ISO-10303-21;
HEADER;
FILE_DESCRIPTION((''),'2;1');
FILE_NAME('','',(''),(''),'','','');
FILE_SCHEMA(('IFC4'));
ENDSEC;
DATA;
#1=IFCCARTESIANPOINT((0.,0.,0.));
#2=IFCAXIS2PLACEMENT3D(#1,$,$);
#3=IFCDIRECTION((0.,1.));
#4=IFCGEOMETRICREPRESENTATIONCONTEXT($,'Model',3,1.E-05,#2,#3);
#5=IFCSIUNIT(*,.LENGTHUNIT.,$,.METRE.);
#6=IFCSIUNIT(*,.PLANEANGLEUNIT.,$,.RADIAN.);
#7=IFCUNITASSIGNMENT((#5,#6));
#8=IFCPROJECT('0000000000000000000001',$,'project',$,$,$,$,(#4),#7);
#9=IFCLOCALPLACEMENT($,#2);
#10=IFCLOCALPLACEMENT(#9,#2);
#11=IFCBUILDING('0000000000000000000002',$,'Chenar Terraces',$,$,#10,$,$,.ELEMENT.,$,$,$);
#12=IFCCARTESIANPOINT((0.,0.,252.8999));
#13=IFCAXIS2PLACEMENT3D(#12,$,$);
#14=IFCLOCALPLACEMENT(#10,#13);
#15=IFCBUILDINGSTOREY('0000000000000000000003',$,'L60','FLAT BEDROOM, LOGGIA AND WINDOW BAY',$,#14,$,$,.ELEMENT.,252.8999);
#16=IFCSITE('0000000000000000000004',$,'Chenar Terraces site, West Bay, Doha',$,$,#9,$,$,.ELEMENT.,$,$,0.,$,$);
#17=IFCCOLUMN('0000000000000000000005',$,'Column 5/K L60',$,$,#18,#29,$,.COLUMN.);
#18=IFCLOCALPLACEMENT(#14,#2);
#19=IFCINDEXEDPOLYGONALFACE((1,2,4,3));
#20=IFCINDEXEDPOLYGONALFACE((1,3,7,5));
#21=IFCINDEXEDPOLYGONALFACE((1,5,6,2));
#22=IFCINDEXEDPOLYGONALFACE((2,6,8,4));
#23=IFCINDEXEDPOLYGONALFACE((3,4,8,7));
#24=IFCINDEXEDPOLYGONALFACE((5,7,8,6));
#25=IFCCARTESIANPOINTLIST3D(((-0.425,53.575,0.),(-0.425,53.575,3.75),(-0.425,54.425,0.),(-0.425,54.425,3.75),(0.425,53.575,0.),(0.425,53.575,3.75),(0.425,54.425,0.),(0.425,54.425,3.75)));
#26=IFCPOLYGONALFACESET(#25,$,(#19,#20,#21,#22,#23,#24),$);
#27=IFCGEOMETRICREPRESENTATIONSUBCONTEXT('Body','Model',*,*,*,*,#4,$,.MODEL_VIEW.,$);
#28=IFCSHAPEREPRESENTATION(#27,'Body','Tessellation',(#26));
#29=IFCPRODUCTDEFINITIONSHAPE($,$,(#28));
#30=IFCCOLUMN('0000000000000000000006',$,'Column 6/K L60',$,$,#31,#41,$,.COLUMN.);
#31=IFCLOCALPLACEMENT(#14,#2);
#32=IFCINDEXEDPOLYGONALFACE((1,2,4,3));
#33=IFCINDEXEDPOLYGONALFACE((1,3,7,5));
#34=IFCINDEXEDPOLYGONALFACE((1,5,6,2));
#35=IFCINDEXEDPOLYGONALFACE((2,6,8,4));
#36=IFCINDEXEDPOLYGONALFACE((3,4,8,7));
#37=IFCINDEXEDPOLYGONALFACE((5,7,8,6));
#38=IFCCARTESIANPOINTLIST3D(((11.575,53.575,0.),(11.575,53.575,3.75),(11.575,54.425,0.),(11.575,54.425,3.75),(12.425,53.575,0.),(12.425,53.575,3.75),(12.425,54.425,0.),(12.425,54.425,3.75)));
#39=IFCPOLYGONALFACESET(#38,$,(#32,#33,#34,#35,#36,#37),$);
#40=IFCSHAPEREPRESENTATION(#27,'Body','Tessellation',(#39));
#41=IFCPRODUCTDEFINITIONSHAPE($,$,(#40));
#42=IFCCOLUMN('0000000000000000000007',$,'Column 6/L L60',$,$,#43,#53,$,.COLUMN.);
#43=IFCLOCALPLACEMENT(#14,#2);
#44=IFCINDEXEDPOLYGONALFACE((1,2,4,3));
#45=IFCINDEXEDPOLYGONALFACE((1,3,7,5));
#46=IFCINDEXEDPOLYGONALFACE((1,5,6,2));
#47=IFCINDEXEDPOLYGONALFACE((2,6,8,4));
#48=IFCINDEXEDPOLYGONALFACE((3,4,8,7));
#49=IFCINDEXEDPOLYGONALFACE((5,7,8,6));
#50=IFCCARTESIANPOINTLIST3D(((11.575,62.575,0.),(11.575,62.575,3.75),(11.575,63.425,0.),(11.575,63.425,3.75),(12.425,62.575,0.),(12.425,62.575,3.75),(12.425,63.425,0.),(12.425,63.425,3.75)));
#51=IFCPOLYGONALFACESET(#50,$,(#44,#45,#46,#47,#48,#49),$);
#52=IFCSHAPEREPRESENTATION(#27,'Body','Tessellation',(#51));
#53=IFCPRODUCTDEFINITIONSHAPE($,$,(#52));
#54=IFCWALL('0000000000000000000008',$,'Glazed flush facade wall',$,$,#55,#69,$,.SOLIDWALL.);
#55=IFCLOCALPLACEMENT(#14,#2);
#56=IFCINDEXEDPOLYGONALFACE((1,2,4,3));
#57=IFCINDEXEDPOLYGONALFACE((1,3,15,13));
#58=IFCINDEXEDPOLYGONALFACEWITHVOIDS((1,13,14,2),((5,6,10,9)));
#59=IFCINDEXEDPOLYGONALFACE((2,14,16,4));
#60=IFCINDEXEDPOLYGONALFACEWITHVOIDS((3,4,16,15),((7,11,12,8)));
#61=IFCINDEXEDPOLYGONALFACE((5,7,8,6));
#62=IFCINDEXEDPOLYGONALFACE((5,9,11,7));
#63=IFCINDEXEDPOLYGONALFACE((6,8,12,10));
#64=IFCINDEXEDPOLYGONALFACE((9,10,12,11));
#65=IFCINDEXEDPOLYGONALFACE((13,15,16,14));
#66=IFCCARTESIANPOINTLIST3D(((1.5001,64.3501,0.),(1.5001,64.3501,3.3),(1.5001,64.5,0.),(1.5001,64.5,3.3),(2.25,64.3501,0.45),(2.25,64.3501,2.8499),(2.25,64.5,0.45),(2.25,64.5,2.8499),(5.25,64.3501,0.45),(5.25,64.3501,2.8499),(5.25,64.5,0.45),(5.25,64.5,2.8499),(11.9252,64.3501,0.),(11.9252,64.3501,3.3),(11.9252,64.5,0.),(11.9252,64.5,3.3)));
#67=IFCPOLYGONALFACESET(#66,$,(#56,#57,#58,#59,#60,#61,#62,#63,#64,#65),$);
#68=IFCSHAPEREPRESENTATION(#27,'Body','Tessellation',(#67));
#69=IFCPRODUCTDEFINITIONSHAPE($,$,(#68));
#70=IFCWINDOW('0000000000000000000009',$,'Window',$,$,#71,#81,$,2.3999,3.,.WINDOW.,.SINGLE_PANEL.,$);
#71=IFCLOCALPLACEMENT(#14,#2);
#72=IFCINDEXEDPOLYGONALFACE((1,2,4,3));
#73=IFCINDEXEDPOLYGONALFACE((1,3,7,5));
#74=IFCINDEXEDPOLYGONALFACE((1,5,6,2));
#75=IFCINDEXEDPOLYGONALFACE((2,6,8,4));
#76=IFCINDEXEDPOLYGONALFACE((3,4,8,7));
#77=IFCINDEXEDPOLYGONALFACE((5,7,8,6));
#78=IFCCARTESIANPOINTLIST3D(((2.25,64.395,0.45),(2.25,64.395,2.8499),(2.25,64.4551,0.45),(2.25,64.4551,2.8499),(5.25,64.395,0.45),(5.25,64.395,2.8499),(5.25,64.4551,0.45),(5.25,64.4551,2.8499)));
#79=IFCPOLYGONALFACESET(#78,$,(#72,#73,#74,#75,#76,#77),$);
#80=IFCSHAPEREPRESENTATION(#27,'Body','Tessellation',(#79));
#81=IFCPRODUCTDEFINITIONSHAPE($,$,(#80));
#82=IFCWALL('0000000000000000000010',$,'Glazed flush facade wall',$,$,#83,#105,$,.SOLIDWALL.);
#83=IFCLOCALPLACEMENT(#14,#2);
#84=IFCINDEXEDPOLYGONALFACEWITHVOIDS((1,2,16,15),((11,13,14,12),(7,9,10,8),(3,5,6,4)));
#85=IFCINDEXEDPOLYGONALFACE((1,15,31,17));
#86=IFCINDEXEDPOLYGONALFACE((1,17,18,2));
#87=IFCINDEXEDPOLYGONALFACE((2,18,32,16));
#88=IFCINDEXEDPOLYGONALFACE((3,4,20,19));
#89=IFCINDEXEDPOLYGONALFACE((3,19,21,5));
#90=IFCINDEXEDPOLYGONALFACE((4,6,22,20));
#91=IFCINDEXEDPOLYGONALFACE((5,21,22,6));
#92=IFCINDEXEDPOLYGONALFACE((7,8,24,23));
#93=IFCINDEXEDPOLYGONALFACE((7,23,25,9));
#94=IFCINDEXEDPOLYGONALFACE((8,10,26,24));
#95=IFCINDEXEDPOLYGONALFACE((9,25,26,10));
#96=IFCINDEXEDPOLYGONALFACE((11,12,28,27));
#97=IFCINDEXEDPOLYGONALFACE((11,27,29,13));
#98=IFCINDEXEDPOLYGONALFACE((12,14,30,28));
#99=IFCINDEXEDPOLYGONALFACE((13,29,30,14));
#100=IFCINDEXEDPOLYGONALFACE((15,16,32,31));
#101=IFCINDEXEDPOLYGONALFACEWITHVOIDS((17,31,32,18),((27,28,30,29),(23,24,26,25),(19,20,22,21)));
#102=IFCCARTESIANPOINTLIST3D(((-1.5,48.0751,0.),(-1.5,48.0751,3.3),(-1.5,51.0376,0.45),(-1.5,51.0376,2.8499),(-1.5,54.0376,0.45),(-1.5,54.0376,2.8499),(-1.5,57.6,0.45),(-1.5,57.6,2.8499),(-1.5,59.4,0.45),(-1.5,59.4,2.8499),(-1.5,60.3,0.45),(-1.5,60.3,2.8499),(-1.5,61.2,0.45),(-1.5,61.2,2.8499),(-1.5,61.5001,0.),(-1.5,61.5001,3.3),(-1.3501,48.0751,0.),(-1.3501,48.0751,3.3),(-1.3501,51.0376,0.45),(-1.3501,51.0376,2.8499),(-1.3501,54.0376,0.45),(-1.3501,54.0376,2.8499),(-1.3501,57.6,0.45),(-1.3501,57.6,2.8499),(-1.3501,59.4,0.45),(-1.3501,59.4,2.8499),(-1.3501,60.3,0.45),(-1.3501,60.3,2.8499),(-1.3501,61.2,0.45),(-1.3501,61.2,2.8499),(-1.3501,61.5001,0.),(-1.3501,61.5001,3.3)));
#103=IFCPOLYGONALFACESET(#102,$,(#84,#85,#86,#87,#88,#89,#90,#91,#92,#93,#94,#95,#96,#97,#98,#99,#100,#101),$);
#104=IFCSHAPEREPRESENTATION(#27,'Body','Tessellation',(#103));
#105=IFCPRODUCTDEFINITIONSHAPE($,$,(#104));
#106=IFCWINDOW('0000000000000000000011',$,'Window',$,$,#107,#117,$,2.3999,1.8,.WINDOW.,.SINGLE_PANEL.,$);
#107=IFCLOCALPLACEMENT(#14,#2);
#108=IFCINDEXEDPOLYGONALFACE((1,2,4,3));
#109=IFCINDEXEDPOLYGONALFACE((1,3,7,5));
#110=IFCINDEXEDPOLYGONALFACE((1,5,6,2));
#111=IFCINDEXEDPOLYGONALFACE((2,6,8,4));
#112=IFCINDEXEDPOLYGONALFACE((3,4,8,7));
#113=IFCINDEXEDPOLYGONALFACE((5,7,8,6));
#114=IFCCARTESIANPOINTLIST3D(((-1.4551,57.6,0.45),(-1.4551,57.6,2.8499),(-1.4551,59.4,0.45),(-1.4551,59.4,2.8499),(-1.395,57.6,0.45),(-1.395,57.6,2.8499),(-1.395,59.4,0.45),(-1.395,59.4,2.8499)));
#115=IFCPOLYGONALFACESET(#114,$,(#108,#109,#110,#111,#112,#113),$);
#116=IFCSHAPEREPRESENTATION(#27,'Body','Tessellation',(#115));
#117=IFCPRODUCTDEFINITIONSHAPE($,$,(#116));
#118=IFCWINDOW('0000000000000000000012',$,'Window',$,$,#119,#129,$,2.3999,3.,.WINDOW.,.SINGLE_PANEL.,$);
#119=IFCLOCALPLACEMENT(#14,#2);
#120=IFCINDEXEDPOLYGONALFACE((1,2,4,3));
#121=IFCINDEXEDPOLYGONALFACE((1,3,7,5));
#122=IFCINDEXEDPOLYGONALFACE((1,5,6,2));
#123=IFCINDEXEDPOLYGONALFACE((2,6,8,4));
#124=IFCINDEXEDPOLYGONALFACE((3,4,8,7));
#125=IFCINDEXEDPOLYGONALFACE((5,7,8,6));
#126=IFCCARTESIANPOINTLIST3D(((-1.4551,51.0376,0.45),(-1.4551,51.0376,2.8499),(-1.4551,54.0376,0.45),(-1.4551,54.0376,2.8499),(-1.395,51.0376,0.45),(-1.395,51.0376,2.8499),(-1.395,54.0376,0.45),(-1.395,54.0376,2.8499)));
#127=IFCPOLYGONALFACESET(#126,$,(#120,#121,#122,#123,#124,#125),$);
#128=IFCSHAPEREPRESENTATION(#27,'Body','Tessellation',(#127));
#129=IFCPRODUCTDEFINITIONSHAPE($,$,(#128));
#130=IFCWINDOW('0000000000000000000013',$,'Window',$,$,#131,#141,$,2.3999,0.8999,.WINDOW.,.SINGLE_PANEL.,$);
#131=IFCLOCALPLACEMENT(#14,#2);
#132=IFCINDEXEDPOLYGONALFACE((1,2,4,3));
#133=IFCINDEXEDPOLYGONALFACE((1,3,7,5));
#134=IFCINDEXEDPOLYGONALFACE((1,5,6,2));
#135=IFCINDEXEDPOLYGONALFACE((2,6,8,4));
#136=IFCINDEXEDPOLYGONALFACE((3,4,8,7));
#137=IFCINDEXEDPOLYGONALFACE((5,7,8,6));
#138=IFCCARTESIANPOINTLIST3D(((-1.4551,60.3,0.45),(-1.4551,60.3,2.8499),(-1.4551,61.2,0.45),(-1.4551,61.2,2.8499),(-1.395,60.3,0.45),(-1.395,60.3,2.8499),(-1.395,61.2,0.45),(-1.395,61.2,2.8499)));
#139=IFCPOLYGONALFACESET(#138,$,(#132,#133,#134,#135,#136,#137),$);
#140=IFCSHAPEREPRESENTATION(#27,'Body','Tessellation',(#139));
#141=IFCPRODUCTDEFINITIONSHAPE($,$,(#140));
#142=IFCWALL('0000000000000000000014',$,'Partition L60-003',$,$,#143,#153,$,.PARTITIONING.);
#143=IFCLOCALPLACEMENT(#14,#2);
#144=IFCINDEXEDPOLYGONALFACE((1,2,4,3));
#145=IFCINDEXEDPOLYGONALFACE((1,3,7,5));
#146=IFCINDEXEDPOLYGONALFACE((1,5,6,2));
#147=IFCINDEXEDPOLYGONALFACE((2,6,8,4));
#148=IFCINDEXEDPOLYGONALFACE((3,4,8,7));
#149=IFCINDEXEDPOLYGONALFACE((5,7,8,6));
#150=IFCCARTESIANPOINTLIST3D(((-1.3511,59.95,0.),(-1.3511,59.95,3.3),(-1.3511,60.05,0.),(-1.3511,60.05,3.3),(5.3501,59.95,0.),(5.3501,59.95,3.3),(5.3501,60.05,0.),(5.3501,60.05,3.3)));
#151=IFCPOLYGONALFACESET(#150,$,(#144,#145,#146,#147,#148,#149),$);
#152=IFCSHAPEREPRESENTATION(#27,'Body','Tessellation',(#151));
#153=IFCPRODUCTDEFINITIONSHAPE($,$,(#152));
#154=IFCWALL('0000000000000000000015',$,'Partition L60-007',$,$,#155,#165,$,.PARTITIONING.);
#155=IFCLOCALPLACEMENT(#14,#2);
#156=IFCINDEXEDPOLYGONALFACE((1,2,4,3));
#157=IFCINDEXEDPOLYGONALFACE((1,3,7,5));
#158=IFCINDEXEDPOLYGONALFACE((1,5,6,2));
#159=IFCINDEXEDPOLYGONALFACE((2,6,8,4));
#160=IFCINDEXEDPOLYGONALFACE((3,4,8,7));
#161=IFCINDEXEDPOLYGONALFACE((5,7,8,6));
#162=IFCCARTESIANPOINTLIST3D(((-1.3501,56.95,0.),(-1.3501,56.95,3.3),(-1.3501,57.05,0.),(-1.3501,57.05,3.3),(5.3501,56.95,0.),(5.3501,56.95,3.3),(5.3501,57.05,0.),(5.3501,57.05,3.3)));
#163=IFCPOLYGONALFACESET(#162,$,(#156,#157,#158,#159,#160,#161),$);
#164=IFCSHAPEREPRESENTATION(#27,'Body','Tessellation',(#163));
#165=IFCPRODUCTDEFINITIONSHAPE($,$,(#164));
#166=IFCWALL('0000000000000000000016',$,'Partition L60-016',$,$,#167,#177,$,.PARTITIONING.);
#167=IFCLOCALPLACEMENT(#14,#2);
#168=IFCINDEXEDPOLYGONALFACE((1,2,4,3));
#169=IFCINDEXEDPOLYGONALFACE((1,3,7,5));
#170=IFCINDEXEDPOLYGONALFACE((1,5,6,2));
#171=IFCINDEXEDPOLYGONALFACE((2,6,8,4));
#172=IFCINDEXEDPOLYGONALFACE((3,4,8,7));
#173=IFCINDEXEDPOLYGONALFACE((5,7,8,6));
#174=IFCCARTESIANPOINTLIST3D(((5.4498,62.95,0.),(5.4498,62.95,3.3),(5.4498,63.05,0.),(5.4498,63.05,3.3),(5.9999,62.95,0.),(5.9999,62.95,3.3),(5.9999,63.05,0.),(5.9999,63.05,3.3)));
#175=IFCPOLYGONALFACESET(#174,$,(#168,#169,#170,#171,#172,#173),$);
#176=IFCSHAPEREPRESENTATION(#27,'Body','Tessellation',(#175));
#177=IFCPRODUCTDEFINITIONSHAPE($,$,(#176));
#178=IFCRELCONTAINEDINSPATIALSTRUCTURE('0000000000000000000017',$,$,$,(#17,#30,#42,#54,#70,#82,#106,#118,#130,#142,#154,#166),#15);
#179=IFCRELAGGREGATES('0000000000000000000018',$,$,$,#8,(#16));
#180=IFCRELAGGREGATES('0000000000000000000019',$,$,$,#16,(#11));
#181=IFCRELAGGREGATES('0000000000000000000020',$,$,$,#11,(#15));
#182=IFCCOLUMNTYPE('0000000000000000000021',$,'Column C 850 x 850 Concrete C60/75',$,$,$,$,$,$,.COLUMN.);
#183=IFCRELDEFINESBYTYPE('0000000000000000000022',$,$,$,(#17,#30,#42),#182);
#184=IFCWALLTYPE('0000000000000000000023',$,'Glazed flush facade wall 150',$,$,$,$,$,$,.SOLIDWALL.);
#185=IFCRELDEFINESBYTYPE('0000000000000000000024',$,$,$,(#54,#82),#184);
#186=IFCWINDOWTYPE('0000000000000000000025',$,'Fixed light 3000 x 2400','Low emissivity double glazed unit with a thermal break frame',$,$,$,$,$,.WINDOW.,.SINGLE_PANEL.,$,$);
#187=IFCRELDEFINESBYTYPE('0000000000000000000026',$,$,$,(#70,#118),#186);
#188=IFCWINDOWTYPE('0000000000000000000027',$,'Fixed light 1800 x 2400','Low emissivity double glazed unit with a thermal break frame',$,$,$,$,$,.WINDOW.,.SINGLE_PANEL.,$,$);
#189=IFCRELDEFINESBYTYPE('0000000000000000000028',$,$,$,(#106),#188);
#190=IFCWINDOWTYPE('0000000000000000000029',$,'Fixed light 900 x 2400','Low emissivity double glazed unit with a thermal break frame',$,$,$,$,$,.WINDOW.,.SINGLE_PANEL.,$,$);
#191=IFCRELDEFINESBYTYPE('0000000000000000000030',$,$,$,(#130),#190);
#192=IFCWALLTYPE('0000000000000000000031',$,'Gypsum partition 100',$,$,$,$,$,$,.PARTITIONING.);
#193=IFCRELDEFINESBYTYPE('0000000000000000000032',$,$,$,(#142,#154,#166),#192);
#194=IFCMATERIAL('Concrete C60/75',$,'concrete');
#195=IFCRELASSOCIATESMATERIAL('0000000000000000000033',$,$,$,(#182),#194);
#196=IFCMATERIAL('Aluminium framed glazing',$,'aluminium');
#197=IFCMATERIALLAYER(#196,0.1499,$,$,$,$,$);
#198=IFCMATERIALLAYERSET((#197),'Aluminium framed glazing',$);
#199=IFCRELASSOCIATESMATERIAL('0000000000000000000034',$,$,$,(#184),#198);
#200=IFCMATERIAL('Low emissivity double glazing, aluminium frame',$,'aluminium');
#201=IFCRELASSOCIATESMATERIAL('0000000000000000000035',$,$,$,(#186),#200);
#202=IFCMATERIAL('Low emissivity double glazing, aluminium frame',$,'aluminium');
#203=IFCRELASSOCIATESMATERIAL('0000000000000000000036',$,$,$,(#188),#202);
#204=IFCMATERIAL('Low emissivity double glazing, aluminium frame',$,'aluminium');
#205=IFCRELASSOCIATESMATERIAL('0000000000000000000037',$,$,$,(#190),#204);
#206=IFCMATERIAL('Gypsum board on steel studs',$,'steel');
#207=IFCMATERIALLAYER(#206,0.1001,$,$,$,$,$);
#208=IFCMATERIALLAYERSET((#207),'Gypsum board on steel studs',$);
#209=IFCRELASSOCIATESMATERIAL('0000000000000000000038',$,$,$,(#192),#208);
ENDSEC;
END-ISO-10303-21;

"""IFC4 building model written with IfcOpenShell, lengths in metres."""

from ifc_helpers import new_model, si_unit, direction, frame, frame_2d, origin, origin_2d, place, context, subcontext, project, spatial, rectangle, extrude, material, layer, layer_set, material_profile, profile_set, type_object, element, fill, save


model = new_model("IFC4")

# Units and contexts
model_context = context("Model", 3, precision=1e-05, world=origin(), true_north=direction((0.0, 1.0)))
body_context = subcontext(model_context, "Body", "Model", "MODEL_VIEW")
ifc_project = project(units=[si_unit("LENGTHUNIT", "METRE"), si_unit("PLANEANGLEUNIT", "RADIAN")], contexts=[model_context])

# Site, building, storey
site_placement = place(None, origin())
site = spatial("IfcSite", under=ifc_project, at=site_placement, Name="Chenar Terraces site, West Bay, Doha", CompositionType="ELEMENT", RefElevation=0.0)
building_placement = place(site_placement, origin())
building = spatial("IfcBuilding", under=site, at=building_placement, Name="Chenar Terraces", CompositionType="ELEMENT")
storey_placement = place(building_placement, frame((0.0, 0.0, 252.8999)))
storey = spatial("IfcBuildingStorey", under=building, at=storey_placement, Name="L60", Description="FLAT BEDROOM, LOGGIA AND WINDOW BAY", CompositionType="ELEMENT", Elevation=252.8999)

# Columns
ifc_material_1 = material(Name="Concrete C60/75", Category="concrete")
ifc_material_profile = material_profile(ifc_material_1, rectangle(XDim=0.8501, YDim=0.8501, at=origin_2d()), Name="C 850 x 850")
ifc_profile_set = profile_set([ifc_material_profile], Name="Concrete C60/75")
column_type = type_object("IfcColumnType", Name="Column C 850 x 850 Concrete C60/75", PredefinedType="COLUMN", material=ifc_profile_set)
for number, where, z_axis, x_axis, name in (
    (1, (0.0, 54.0, 0.0), (0.0, 0.0, 1.0), (1.0, 0.0, 0.0), "Column 5/K L60"),
    (2, (12.0, 54.0, 0.0), (0.0, 0.0, 1.0), (1.0, 0.0, 0.0), "Column 6/K L60"),
    (3, (12.0, 63.0, 0.0), (0.0, 0.0, 1.0), (1.0, 0.0, 0.0), "Column 6/L L60"),
):
    element("IfcColumn", number, at=place(storey_placement, frame(where, z_axis=z_axis, x_axis=x_axis)), inside=storey, type_object=column_type, Name=name, PredefinedType="COLUMN", context=body_context, shape_type="SweptSolid", body=[
        extrude(rectangle(XDim=0.8501, YDim=0.8501, at=origin_2d()), origin(), (0.0, 0.0, 1.0), 3.75),
    ])

# Wall, opening, window
ifc_material_2 = material(Name="Aluminium framed glazing", Category="aluminium")
ifc_layer_1 = layer(ifc_material_2, 0.1499)
ifc_layer_set_1 = layer_set([ifc_layer_1], Name="Aluminium framed glazing")
wall_type_1 = type_object("IfcWallType", Name="Glazed flush facade wall 150", PredefinedType="SOLIDWALL", material=ifc_layer_set_1)
wall_1_placement = place(storey_placement, frame((11.925, 64.425, 0.0), z_axis=(0.0, 0.0, 1.0), x_axis=(-1.0, 0.0, 0.0)))
wall_1 = element("IfcWall", 4, at=wall_1_placement, inside=storey, type_object=wall_type_1, Name="Glazed flush facade wall", PredefinedType="SOLIDWALL", context=body_context, shape_type="SweptSolid", body=[
    extrude(rectangle(XDim=10.425, YDim=0.1499, at=frame_2d((5.2124, 0.0))), origin(), (0.0, 0.0, 1.0), 3.3),
])
opening_1_placement = place(wall_1_placement, frame((6.675, 0.0, 0.45)))
opening_1 = element("IfcOpeningElement", 5, at=opening_1_placement, cuts=wall_1, PredefinedType="OPENING", context=body_context, shape_type="SweptSolid", body=[
    extrude(rectangle(XDim=3.0, YDim=2.3999, at=frame_2d((1.5, 1.2))), frame((0.0, 0.085, 0.0), z_axis=(0.0, -1.0, 0.0), x_axis=(1.0, 0.0, 0.0)), (0.0, 0.0, 1.0), 0.1699),
])
ifc_material_3 = material(Name="Low emissivity double glazing, aluminium frame", Category="aluminium")
window_type_1 = type_object("IfcWindowType", Name="Fixed light 3000 x 2400", Description="Low emissivity double glazed unit with a thermal break frame", PartitioningType="SINGLE_PANEL", PredefinedType="WINDOW", material=ifc_material_3)
window_1_placement = place(opening_1_placement, origin())
window_1 = element("IfcWindow", 6, at=window_1_placement, inside=storey, type_object=window_type_1, Name="Window", OverallHeight=2.3999, OverallWidth=3.0, PartitioningType="SINGLE_PANEL", PredefinedType="WINDOW", context=body_context, shape_type="SweptSolid", body=[
    extrude(rectangle(XDim=3.0, YDim=2.3999, at=frame_2d((1.5, 1.2))), frame((0.0, 0.03, 0.0), z_axis=(0.0, -1.0, 0.0), x_axis=(1.0, 0.0, 0.0)), (0.0, 0.0, 1.0), 0.0601),
])
fill(opening_1, window_1)

# Wall, openings, windows
wall_2_placement = place(storey_placement, frame((-1.425, 61.5, 0.0), z_axis=(0.0, 0.0, 1.0), x_axis=(0.0, -1.0, 0.0)))
wall_2 = element("IfcWall", 7, at=wall_2_placement, inside=storey, type_object=wall_type_1, Name="Glazed flush facade wall", PredefinedType="SOLIDWALL", context=body_context, shape_type="SweptSolid", body=[
    extrude(rectangle(XDim=13.425, YDim=0.1499, at=frame_2d((6.7124, 0.0))), origin(), (0.0, 0.0, 1.0), 3.3),
])
opening_2_placement = place(wall_2_placement, frame((0.3, 0.0, 0.45)))
opening_2 = element("IfcOpeningElement", 8, at=opening_2_placement, cuts=wall_2, PredefinedType="OPENING", context=body_context, shape_type="SweptSolid", body=[
    extrude(rectangle(XDim=0.8999, YDim=2.3999, at=frame_2d((0.45, 1.2))), frame((0.0, 0.085, 0.0), z_axis=(0.0, -1.0, 0.0), x_axis=(1.0, 0.0, 0.0)), (0.0, 0.0, 1.0), 0.1699),
])
opening_3_placement = place(wall_2_placement, frame((2.1001, 0.0, 0.45)))
opening_3 = element("IfcOpeningElement", 9, at=opening_3_placement, cuts=wall_2, PredefinedType="OPENING", context=body_context, shape_type="SweptSolid", body=[
    extrude(rectangle(XDim=1.8, YDim=2.3999, at=frame_2d((0.8999, 1.2))), frame((0.0, 0.085, 0.0), z_axis=(0.0, -1.0, 0.0), x_axis=(1.0, 0.0, 0.0)), (0.0, 0.0, 1.0), 0.1699),
])
opening_4_placement = place(wall_2_placement, frame((7.4624, 0.0, 0.45)))
opening_4 = element("IfcOpeningElement", 10, at=opening_4_placement, cuts=wall_2, PredefinedType="OPENING", context=body_context, shape_type="SweptSolid", body=[
    extrude(rectangle(XDim=3.0, YDim=2.3999, at=frame_2d((1.5, 1.2))), frame((0.0, 0.085, 0.0), z_axis=(0.0, -1.0, 0.0), x_axis=(1.0, 0.0, 0.0)), (0.0, 0.0, 1.0), 0.1699),
])
ifc_material_4 = material(Name="Low emissivity double glazing, aluminium frame", Category="aluminium")
window_type_2 = type_object("IfcWindowType", Name="Fixed light 1800 x 2400", Description="Low emissivity double glazed unit with a thermal break frame", PartitioningType="SINGLE_PANEL", PredefinedType="WINDOW", material=ifc_material_4)
window_2_placement = place(opening_3_placement, origin())
window_2 = element("IfcWindow", 11, at=window_2_placement, inside=storey, type_object=window_type_2, Name="Window", OverallHeight=2.3999, OverallWidth=1.8, PartitioningType="SINGLE_PANEL", PredefinedType="WINDOW", context=body_context, shape_type="SweptSolid", body=[
    extrude(rectangle(XDim=1.8, YDim=2.3999, at=frame_2d((0.8999, 1.2))), frame((0.0, 0.03, 0.0), z_axis=(0.0, -1.0, 0.0), x_axis=(1.0, 0.0, 0.0)), (0.0, 0.0, 1.0), 0.0601),
])
fill(opening_3, window_2)
window_3_placement = place(opening_4_placement, origin())
window_3 = element("IfcWindow", 12, at=window_3_placement, inside=storey, type_object=window_type_1, Name="Window", OverallHeight=2.3999, OverallWidth=3.0, PartitioningType="SINGLE_PANEL", PredefinedType="WINDOW", context=body_context, shape_type="SweptSolid", body=[
    extrude(rectangle(XDim=3.0, YDim=2.3999, at=frame_2d((1.5, 1.2))), frame((0.0, 0.03, 0.0), z_axis=(0.0, -1.0, 0.0), x_axis=(1.0, 0.0, 0.0)), (0.0, 0.0, 1.0), 0.0601),
])
fill(opening_4, window_3)
ifc_material_5 = material(Name="Low emissivity double glazing, aluminium frame", Category="aluminium")
window_type_3 = type_object("IfcWindowType", Name="Fixed light 900 x 2400", Description="Low emissivity double glazed unit with a thermal break frame", PartitioningType="SINGLE_PANEL", PredefinedType="WINDOW", material=ifc_material_5)
window_4_placement = place(opening_2_placement, origin())
window_4 = element("IfcWindow", 13, at=window_4_placement, inside=storey, type_object=window_type_3, Name="Window", OverallHeight=2.3999, OverallWidth=0.8999, PartitioningType="SINGLE_PANEL", PredefinedType="WINDOW", context=body_context, shape_type="SweptSolid", body=[
    extrude(rectangle(XDim=0.8999, YDim=2.3999, at=frame_2d((0.45, 1.2))), frame((0.0, 0.03, 0.0), z_axis=(0.0, -1.0, 0.0), x_axis=(1.0, 0.0, 0.0)), (0.0, 0.0, 1.0), 0.0601),
])
fill(opening_2, window_4)

# Walls
ifc_material_6 = material(Name="Gypsum board on steel studs", Category="steel")
ifc_layer_2 = layer(ifc_material_6, 0.1001)
ifc_layer_set_2 = layer_set([ifc_layer_2], Name="Gypsum board on steel studs")
wall_type_2 = type_object("IfcWallType", Name="Gypsum partition 100", PredefinedType="PARTITIONING", material=ifc_layer_set_2)
wall_3_placement = place(storey_placement, frame((-1.3511, 60.0, 0.0), z_axis=(0.0, 0.0, 1.0), x_axis=(1.0, 0.0, 0.0)))
element("IfcWall", 14, at=wall_3_placement, inside=storey, type_object=wall_type_2, Name="Partition L60-003", PredefinedType="PARTITIONING", context=body_context, shape_type="SweptSolid", body=[
    extrude(rectangle(XDim=6.7012, YDim=0.1001, at=frame_2d((3.3506, 0.0))), origin(), (0.0, 0.0, 1.0), 3.3),
])
wall_4_placement = place(storey_placement, frame((-1.3501, 57.0, 0.0), z_axis=(0.0, 0.0, 1.0), x_axis=(1.0, 0.0, 0.0)))
element("IfcWall", 15, at=wall_4_placement, inside=storey, type_object=wall_type_2, Name="Partition L60-007", PredefinedType="PARTITIONING", context=body_context, shape_type="SweptSolid", body=[
    extrude(rectangle(XDim=6.7002, YDim=0.1001, at=frame_2d((3.3501, 0.0))), origin(), (0.0, 0.0, 1.0), 3.3),
])
wall_5_placement = place(storey_placement, frame((5.45, 63.0, 0.0), z_axis=(0.0, 0.0, 1.0), x_axis=(1.0, 0.0, 0.0)))
element("IfcWall", 16, at=wall_5_placement, inside=storey, type_object=wall_type_2, Name="Partition L60-016", PredefinedType="PARTITIONING", context=body_context, shape_type="SweptSolid", body=[
    extrude(rectangle(XDim=0.55, YDim=0.1001, at=frame_2d((0.2749, 0.0))), origin(), (0.0, 0.0, 1.0), 3.3),
])

save(model, "model.ifc")
